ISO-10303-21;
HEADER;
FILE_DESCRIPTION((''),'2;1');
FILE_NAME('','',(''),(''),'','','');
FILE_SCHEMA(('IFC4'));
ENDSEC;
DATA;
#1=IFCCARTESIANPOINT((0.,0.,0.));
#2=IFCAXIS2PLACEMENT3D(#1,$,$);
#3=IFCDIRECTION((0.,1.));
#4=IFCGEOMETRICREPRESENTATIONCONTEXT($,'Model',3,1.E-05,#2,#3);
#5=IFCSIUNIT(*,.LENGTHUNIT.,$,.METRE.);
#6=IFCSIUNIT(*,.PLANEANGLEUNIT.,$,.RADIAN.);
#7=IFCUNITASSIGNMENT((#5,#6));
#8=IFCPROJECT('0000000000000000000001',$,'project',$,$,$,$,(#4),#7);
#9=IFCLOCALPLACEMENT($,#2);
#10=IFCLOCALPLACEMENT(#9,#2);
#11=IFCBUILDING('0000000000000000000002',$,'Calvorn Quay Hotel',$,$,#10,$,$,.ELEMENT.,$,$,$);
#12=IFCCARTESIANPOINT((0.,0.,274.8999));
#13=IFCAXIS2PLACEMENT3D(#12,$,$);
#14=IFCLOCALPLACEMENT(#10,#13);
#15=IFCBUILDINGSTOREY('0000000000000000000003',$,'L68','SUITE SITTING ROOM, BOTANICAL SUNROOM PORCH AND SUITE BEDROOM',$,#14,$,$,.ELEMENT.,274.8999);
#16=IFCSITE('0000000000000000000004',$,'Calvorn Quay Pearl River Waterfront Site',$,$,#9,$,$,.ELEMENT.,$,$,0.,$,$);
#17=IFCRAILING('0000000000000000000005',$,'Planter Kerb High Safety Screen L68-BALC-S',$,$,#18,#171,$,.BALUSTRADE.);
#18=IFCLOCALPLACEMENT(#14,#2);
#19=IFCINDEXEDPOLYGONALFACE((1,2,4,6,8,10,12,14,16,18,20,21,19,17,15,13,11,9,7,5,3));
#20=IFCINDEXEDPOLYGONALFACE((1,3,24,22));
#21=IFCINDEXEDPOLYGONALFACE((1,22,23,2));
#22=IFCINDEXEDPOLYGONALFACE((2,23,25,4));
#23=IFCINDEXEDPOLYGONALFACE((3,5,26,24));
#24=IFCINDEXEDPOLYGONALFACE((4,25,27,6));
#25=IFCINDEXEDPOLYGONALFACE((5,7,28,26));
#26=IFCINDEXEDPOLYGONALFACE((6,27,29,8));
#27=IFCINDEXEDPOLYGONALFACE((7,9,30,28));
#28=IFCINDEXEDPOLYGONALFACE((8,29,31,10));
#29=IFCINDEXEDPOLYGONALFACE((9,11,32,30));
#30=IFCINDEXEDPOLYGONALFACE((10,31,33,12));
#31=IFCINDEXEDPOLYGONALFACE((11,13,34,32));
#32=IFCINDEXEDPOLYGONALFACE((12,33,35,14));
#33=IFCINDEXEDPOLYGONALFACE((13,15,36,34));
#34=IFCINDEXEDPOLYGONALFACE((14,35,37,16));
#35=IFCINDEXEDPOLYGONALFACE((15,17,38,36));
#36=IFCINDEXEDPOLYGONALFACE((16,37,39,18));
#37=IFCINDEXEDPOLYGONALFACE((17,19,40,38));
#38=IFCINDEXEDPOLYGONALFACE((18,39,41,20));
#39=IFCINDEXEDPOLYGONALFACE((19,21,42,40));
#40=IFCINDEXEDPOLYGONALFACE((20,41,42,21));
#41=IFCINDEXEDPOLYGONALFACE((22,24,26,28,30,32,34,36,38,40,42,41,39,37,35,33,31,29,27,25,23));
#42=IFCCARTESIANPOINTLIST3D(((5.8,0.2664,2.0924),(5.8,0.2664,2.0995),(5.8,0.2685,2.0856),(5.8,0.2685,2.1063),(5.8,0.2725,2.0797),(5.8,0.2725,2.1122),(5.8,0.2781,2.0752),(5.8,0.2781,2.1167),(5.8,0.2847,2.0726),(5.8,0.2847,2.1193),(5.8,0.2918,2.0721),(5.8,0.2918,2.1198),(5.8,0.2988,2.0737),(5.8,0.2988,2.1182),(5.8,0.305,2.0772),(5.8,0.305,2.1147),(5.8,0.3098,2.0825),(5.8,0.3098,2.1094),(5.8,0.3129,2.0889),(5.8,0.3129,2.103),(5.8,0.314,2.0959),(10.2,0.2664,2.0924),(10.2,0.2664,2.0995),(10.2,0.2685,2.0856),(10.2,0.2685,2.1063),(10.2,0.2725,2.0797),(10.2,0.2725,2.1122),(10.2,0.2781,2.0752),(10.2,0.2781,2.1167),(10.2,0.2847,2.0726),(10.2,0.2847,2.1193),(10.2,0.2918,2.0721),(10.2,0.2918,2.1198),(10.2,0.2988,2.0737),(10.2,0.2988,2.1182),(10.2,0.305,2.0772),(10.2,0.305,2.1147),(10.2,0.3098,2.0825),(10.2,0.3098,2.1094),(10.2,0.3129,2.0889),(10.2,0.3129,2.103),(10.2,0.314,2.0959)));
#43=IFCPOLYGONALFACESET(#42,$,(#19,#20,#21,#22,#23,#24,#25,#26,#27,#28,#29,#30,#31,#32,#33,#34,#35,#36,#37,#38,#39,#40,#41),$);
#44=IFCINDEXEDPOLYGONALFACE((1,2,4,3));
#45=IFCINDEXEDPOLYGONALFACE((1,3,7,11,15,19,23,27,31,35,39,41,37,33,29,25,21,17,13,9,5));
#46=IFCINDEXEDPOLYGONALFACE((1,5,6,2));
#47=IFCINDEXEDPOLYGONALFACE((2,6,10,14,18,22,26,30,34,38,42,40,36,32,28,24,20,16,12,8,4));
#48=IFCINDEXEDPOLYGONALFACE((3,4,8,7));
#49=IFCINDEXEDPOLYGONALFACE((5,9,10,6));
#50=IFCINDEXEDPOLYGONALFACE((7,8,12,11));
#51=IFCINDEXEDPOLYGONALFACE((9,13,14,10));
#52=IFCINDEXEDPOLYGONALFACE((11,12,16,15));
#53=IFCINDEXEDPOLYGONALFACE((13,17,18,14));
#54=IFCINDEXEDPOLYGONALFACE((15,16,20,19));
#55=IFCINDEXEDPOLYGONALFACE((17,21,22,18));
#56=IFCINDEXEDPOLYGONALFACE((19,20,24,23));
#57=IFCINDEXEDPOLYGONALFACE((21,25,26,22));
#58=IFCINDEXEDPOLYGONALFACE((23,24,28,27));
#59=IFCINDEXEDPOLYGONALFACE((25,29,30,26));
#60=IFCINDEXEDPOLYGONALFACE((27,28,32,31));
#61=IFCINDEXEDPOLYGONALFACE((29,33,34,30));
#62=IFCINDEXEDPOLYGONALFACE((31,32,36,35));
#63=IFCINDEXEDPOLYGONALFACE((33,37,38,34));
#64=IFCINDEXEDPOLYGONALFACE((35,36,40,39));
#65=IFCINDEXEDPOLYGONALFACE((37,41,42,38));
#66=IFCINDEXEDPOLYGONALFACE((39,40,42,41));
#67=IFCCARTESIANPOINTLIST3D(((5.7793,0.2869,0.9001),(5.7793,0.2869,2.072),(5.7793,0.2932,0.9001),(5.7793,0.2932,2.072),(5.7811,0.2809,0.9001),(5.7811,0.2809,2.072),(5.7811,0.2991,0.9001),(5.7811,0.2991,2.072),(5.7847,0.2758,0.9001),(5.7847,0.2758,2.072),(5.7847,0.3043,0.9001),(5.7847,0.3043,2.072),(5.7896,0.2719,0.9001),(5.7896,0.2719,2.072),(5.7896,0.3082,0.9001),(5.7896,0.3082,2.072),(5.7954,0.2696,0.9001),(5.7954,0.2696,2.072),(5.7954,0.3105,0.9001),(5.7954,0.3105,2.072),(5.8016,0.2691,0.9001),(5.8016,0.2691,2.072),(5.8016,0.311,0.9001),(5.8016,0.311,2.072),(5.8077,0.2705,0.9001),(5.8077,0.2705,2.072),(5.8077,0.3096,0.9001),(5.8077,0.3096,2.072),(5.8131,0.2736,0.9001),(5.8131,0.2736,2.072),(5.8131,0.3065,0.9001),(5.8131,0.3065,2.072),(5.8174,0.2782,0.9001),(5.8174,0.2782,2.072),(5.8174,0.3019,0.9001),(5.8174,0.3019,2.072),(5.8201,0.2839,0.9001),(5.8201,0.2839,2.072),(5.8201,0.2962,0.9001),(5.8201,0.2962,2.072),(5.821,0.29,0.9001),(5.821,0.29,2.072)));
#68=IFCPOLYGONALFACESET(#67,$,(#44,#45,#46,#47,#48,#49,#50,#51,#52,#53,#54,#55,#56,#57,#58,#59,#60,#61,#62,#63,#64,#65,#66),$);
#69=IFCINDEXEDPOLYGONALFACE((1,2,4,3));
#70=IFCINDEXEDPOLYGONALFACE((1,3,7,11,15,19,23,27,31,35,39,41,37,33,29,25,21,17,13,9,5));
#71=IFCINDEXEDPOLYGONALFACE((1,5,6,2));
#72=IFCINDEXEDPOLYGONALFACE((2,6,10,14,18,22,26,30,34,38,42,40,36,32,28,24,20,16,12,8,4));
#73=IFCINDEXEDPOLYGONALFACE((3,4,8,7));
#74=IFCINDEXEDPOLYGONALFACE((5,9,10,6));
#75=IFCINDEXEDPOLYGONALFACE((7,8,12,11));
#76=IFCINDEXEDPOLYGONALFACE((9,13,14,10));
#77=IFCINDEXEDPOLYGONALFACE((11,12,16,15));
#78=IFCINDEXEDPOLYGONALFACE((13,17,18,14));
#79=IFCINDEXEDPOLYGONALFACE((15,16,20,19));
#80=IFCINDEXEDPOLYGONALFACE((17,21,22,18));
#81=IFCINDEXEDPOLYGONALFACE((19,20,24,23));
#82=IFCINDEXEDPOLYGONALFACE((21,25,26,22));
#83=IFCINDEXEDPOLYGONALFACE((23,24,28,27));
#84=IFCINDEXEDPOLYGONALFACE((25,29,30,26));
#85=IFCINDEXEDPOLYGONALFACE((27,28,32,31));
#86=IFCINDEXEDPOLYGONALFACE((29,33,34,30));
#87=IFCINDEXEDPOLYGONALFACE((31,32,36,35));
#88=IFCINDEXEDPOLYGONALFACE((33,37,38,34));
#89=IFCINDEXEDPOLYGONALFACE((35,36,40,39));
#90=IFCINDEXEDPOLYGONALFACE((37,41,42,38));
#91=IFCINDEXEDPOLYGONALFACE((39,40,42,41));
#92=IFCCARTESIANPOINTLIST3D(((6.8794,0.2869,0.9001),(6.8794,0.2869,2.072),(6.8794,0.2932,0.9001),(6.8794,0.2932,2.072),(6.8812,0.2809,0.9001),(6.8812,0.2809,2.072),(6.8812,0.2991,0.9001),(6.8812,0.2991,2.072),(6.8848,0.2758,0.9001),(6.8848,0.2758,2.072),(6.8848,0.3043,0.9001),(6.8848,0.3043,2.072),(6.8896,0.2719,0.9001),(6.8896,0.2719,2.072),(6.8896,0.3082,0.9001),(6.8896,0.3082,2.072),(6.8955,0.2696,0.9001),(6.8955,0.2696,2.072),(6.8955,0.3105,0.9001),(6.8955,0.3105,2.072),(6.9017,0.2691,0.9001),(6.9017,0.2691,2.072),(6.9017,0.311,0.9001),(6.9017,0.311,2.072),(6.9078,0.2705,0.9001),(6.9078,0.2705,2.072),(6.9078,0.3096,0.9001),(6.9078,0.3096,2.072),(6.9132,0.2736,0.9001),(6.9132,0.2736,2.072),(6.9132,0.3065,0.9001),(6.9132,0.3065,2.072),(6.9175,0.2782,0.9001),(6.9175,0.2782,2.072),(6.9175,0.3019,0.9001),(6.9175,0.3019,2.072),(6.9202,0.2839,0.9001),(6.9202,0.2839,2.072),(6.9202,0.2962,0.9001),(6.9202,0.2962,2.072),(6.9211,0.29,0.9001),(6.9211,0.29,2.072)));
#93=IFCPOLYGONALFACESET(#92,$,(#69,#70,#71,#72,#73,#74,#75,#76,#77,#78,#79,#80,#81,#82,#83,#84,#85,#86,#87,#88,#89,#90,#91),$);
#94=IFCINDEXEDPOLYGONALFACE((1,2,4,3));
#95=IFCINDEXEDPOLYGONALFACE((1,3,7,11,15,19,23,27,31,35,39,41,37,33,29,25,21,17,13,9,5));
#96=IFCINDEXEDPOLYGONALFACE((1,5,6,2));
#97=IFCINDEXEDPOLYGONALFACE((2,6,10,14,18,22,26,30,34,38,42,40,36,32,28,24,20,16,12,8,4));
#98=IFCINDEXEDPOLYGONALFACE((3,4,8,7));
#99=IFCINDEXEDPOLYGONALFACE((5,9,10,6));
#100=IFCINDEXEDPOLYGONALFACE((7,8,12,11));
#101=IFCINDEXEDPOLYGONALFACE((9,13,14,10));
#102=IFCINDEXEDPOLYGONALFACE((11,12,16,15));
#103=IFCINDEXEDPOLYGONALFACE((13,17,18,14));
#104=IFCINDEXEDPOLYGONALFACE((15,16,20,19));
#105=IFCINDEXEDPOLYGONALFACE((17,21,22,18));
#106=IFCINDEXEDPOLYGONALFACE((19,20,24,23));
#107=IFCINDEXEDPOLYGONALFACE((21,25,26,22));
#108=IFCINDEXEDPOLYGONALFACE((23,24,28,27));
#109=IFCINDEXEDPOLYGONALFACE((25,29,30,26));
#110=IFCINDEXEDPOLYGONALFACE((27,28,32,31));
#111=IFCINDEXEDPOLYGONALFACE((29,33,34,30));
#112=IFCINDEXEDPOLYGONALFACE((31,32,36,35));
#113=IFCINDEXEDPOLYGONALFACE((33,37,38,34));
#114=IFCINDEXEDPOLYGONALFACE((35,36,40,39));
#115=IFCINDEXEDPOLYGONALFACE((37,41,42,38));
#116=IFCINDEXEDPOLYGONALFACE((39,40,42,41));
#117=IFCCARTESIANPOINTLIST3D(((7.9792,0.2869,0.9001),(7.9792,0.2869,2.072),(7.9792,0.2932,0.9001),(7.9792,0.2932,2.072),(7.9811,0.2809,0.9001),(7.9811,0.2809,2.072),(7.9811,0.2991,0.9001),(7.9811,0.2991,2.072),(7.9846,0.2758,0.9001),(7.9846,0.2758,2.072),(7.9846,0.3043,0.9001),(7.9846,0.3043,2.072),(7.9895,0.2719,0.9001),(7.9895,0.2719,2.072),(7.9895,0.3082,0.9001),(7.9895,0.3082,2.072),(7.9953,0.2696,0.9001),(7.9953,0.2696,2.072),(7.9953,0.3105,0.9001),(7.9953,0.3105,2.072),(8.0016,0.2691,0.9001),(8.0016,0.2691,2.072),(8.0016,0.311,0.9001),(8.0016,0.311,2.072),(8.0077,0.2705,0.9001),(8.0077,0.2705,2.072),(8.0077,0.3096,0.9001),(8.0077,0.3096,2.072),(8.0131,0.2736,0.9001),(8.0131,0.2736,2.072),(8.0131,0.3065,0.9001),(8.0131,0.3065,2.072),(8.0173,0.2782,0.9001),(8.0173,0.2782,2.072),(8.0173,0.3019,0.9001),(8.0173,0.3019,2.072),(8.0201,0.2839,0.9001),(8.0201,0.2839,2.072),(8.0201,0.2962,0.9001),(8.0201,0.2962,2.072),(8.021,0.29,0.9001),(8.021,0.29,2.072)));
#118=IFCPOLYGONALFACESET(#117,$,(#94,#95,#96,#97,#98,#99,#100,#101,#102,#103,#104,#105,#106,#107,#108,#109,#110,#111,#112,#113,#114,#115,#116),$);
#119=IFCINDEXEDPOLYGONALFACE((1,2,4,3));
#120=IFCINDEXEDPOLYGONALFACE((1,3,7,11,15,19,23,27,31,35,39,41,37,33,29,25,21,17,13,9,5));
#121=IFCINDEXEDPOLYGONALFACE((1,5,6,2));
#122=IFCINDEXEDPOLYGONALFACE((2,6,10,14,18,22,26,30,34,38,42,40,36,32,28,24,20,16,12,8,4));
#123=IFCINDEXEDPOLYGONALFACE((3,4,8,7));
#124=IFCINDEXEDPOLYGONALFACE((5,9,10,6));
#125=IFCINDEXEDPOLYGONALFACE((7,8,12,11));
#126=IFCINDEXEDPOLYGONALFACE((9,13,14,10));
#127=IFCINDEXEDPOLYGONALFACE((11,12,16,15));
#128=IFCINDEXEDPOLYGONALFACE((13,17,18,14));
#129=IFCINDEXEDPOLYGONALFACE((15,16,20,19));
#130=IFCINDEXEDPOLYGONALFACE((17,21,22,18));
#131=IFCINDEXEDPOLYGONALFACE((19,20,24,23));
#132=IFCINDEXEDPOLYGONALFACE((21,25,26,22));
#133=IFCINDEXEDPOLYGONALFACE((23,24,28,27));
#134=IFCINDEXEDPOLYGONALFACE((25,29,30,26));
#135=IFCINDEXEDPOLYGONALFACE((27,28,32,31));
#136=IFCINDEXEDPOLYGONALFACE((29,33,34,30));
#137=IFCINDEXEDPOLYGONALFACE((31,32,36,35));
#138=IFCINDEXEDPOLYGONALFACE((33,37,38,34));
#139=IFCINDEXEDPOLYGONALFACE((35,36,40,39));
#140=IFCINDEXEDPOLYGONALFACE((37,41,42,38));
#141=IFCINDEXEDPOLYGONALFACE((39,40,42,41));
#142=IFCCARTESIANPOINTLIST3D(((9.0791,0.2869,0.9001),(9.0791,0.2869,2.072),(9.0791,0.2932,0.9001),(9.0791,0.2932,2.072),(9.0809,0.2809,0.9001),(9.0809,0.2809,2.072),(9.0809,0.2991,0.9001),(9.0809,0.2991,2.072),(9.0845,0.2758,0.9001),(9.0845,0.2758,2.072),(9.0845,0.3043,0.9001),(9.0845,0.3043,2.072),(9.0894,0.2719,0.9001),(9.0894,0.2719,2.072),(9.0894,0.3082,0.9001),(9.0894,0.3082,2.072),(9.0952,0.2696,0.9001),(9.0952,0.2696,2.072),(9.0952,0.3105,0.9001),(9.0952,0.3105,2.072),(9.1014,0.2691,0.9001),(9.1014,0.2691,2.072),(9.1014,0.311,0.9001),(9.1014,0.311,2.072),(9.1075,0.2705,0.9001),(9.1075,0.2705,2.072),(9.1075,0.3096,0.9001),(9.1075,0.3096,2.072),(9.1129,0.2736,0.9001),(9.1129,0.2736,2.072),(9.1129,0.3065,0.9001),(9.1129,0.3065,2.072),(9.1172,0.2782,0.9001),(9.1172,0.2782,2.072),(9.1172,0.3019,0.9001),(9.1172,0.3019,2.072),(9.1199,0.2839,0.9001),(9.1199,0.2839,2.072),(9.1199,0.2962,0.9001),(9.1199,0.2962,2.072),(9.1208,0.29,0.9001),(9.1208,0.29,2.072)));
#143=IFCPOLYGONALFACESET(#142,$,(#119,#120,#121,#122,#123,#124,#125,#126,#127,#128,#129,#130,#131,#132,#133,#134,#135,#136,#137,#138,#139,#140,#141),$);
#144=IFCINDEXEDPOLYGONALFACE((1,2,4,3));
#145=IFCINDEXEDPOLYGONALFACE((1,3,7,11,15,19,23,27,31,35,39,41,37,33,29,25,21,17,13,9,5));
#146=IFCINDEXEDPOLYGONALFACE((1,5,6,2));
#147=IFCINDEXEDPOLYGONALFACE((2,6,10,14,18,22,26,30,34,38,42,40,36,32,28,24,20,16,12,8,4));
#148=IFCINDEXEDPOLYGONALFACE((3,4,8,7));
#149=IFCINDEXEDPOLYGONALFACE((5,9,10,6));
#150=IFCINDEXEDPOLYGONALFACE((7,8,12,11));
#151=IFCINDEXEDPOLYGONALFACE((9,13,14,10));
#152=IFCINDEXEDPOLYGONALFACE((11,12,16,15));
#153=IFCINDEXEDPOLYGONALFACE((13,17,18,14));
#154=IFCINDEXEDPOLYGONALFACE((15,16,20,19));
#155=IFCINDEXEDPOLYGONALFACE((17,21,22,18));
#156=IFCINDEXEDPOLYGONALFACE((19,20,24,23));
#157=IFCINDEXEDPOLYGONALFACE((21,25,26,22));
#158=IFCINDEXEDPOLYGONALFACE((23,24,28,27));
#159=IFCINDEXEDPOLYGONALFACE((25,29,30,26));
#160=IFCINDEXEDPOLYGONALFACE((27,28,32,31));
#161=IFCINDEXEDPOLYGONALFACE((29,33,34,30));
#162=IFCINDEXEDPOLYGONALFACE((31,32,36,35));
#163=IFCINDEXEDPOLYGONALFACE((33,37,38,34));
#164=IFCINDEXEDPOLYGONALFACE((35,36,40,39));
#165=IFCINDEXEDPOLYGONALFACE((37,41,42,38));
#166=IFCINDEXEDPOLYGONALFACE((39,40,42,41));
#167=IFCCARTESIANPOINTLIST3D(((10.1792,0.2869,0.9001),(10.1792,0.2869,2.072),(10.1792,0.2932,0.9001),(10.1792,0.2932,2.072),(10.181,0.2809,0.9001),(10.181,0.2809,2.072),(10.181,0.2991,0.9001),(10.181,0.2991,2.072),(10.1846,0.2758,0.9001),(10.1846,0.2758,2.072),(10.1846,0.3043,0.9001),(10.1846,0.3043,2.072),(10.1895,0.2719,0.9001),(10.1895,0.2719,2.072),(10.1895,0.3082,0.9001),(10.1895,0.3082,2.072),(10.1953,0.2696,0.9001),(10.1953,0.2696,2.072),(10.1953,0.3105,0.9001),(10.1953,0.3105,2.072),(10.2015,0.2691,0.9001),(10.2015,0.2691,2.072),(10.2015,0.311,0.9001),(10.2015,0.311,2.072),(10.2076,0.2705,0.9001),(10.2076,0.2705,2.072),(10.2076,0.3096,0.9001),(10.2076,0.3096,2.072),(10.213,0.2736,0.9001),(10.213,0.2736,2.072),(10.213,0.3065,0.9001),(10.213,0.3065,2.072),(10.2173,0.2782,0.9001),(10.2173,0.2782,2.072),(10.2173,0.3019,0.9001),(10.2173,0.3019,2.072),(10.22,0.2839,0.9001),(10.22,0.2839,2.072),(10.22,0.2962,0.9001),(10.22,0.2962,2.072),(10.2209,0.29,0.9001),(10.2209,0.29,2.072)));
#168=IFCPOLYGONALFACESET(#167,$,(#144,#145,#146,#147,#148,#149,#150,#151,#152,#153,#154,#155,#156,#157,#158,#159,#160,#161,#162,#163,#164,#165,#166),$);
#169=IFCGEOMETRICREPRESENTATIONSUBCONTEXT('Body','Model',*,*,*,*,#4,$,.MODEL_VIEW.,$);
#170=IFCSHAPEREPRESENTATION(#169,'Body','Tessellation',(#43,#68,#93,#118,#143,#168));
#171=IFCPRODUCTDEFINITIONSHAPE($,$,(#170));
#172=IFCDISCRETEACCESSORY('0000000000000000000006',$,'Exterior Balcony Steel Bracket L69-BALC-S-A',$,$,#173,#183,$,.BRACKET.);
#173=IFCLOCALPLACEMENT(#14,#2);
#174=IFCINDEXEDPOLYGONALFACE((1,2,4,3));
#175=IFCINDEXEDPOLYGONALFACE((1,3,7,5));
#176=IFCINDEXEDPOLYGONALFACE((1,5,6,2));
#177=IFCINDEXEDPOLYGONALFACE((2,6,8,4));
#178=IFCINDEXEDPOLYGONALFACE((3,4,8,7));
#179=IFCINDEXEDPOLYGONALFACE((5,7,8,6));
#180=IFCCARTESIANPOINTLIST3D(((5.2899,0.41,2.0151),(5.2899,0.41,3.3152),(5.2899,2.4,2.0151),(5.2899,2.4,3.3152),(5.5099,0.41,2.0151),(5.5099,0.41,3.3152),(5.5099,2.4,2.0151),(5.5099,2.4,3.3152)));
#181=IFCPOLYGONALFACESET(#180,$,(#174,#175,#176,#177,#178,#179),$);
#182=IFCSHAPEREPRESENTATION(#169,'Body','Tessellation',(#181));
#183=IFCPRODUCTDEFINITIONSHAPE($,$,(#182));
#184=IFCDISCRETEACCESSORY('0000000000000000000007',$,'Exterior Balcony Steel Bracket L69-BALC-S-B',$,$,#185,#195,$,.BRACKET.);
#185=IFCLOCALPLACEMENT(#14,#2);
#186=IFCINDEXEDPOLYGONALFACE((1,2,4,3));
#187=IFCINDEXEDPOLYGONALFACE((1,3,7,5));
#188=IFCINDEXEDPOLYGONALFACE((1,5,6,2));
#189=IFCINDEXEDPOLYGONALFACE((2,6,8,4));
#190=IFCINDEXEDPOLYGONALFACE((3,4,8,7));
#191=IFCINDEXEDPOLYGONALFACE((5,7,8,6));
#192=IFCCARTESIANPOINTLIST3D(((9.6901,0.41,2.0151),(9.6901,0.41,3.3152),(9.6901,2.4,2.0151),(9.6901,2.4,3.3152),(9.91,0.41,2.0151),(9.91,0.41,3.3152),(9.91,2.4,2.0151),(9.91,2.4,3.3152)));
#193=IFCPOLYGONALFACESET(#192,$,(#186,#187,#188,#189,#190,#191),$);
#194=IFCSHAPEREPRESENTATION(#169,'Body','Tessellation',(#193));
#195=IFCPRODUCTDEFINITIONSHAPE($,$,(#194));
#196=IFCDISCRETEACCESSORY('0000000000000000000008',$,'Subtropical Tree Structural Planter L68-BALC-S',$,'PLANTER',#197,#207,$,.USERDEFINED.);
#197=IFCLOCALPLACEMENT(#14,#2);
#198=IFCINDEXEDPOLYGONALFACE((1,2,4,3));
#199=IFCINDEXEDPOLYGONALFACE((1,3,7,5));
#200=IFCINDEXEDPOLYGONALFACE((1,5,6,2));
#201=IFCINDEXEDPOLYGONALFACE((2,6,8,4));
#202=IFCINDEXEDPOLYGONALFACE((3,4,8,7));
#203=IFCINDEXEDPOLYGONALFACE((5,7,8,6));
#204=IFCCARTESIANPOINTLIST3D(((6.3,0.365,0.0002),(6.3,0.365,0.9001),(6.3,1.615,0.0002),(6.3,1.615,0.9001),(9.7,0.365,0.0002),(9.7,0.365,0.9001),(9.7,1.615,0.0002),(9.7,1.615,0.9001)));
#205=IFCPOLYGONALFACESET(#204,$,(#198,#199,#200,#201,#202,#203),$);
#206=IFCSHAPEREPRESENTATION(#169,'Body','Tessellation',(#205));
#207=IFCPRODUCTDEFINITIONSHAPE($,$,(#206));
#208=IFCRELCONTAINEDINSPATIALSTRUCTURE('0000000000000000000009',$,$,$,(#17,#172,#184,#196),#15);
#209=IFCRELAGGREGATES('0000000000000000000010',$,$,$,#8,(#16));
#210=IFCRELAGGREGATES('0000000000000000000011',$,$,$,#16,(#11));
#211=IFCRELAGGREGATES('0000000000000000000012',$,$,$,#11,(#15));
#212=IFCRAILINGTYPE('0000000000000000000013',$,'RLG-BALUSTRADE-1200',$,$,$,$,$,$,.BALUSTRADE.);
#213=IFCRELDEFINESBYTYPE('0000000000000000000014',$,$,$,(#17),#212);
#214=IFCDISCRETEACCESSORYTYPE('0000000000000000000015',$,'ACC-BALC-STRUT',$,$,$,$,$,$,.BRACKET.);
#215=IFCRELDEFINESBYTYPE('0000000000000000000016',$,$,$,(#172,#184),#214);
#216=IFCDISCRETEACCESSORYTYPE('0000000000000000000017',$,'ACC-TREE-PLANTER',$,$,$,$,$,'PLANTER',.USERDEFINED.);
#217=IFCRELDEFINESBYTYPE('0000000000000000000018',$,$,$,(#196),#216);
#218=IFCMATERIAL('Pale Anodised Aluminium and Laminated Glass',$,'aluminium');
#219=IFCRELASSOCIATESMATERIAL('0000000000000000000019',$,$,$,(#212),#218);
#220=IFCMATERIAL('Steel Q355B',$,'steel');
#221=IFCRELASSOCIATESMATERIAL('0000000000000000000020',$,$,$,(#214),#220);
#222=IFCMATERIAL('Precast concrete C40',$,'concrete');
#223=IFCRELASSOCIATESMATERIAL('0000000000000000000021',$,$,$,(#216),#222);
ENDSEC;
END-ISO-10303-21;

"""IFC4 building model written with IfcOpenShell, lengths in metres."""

from ifc_helpers import new_model, si_unit, direction, frame, origin, origin_2d, place, context, subcontext, project, spatial, rectangle, circle, extrude, material, type_object, element, save


model = new_model("IFC4")

# Units and contexts
model_context = context("Model", 3, precision=1e-05, world=origin(), true_north=direction((0.0, 1.0)))
body_context = subcontext(model_context, "Body", "Model", "MODEL_VIEW")
ifc_project = project(units=[si_unit("LENGTHUNIT", "METRE"), si_unit("PLANEANGLEUNIT", "RADIAN")], contexts=[model_context])

# Site, building, storey
site_placement = place(None, origin())
site = spatial("IfcSite", under=ifc_project, at=site_placement, Name="Calvorn Quay Pearl River Waterfront Site", CompositionType="ELEMENT", RefElevation=0.0)
building_placement = place(site_placement, origin())
building = spatial("IfcBuilding", under=site, at=building_placement, Name="Calvorn Quay Hotel", CompositionType="ELEMENT")
storey_placement = place(building_placement, frame((0.0, 0.0, 274.8999)))
storey = spatial("IfcBuildingStorey", under=building, at=storey_placement, Name="L68", Description="SUITE SITTING ROOM, BOTANICAL SUNROOM PORCH AND SUITE BEDROOM", CompositionType="ELEMENT", Elevation=274.8999)

# Railing
ifc_material_1 = material(Name="Pale Anodised Aluminium and Laminated Glass", Category="aluminium")
railing_type = type_object("IfcRailingType", Name="RLG-BALUSTRADE-1200", PredefinedType="BALUSTRADE", material=ifc_material_1)
railing_1_placement = place(storey_placement, frame((5.8, 0.29, 0.9001)))
element("IfcRailing", 1, at=railing_1_placement, inside=storey, type_object=railing_type, Name="Planter Kerb High Safety Screen L68-BALC-S", PredefinedType="BALUSTRADE", context=body_context, shape_type="SweptSolid", body=[
    extrude(circle(Radius=0.0239, at=origin_2d()), frame((0.0, 0.0, 1.1958), z_axis=(1.0, 0.0, 0.0), x_axis=(0.0, 1.0, 0.0)), (0.0, 0.0, 1.0), 4.3999),
    extrude(circle(Radius=0.021, at=origin_2d()), origin(), (0.0, 0.0, 1.0), 1.1719),
    extrude(circle(Radius=0.021, at=origin_2d()), frame((1.1001, 0.0, 0.0)), (0.0, 0.0, 1.0), 1.1719),
    extrude(circle(Radius=0.021, at=origin_2d()), frame((2.2, 0.0, 0.0)), (0.0, 0.0, 1.0), 1.1719),
    extrude(circle(Radius=0.021, at=origin_2d()), frame((3.2998, 0.0, 0.0)), (0.0, 0.0, 1.0), 1.1719),
    extrude(circle(Radius=0.021, at=origin_2d()), frame((4.3999, 0.0, 0.0)), (0.0, 0.0, 1.0), 1.1719),
])

# Discrete accessories
ifc_material_2 = material(Name="Steel Q355B", Category="steel")
discrete_accessory_type_1 = type_object("IfcDiscreteAccessoryType", Name="ACC-BALC-STRUT", PredefinedType="BRACKET", material=ifc_material_2)
for number, where, z_axis, x_axis, name in (
    (2, (5.3999, 1.405, 2.0151), (0.0, 0.0, 1.0), (1.0, 0.0, 0.0), "Exterior Balcony Steel Bracket L69-BALC-S-A"),
    (3, (9.8, 1.405, 2.0151), (0.0, 0.0, 1.0), (1.0, 0.0, 0.0), "Exterior Balcony Steel Bracket L69-BALC-S-B"),
):
    element("IfcDiscreteAccessory", number, at=place(storey_placement, frame(where, z_axis=z_axis, x_axis=x_axis)), inside=storey, type_object=discrete_accessory_type_1, Name=name, PredefinedType="BRACKET", context=body_context, shape_type="SweptSolid", body=[
        extrude(rectangle(XDim=0.22, YDim=1.99, at=origin_2d()), origin(), (0.0, 0.0, 1.0), 1.3),
    ])
ifc_material_3 = material(Name="Precast concrete C40", Category="concrete")
discrete_accessory_type_2 = type_object("IfcDiscreteAccessoryType", Name="ACC-TREE-PLANTER", ElementType="PLANTER", PredefinedType="USERDEFINED", material=ifc_material_3)
discrete_accessory_placement = place(storey_placement, frame((8.0, 0.99, 0.0002), z_axis=(0.0, 0.0, 1.0), x_axis=(1.0, 0.0, 0.0)))
element("IfcDiscreteAccessory", 4, at=discrete_accessory_placement, inside=storey, type_object=discrete_accessory_type_2, Name="Subtropical Tree Structural Planter L68-BALC-S", ObjectType="PLANTER", PredefinedType="USERDEFINED", context=body_context, shape_type="SweptSolid", body=[
    extrude(rectangle(XDim=3.3999, YDim=1.25, at=origin_2d()), origin(), (0.0, 0.0, 1.0), 0.8999),
])

save(model, "model.ifc")
